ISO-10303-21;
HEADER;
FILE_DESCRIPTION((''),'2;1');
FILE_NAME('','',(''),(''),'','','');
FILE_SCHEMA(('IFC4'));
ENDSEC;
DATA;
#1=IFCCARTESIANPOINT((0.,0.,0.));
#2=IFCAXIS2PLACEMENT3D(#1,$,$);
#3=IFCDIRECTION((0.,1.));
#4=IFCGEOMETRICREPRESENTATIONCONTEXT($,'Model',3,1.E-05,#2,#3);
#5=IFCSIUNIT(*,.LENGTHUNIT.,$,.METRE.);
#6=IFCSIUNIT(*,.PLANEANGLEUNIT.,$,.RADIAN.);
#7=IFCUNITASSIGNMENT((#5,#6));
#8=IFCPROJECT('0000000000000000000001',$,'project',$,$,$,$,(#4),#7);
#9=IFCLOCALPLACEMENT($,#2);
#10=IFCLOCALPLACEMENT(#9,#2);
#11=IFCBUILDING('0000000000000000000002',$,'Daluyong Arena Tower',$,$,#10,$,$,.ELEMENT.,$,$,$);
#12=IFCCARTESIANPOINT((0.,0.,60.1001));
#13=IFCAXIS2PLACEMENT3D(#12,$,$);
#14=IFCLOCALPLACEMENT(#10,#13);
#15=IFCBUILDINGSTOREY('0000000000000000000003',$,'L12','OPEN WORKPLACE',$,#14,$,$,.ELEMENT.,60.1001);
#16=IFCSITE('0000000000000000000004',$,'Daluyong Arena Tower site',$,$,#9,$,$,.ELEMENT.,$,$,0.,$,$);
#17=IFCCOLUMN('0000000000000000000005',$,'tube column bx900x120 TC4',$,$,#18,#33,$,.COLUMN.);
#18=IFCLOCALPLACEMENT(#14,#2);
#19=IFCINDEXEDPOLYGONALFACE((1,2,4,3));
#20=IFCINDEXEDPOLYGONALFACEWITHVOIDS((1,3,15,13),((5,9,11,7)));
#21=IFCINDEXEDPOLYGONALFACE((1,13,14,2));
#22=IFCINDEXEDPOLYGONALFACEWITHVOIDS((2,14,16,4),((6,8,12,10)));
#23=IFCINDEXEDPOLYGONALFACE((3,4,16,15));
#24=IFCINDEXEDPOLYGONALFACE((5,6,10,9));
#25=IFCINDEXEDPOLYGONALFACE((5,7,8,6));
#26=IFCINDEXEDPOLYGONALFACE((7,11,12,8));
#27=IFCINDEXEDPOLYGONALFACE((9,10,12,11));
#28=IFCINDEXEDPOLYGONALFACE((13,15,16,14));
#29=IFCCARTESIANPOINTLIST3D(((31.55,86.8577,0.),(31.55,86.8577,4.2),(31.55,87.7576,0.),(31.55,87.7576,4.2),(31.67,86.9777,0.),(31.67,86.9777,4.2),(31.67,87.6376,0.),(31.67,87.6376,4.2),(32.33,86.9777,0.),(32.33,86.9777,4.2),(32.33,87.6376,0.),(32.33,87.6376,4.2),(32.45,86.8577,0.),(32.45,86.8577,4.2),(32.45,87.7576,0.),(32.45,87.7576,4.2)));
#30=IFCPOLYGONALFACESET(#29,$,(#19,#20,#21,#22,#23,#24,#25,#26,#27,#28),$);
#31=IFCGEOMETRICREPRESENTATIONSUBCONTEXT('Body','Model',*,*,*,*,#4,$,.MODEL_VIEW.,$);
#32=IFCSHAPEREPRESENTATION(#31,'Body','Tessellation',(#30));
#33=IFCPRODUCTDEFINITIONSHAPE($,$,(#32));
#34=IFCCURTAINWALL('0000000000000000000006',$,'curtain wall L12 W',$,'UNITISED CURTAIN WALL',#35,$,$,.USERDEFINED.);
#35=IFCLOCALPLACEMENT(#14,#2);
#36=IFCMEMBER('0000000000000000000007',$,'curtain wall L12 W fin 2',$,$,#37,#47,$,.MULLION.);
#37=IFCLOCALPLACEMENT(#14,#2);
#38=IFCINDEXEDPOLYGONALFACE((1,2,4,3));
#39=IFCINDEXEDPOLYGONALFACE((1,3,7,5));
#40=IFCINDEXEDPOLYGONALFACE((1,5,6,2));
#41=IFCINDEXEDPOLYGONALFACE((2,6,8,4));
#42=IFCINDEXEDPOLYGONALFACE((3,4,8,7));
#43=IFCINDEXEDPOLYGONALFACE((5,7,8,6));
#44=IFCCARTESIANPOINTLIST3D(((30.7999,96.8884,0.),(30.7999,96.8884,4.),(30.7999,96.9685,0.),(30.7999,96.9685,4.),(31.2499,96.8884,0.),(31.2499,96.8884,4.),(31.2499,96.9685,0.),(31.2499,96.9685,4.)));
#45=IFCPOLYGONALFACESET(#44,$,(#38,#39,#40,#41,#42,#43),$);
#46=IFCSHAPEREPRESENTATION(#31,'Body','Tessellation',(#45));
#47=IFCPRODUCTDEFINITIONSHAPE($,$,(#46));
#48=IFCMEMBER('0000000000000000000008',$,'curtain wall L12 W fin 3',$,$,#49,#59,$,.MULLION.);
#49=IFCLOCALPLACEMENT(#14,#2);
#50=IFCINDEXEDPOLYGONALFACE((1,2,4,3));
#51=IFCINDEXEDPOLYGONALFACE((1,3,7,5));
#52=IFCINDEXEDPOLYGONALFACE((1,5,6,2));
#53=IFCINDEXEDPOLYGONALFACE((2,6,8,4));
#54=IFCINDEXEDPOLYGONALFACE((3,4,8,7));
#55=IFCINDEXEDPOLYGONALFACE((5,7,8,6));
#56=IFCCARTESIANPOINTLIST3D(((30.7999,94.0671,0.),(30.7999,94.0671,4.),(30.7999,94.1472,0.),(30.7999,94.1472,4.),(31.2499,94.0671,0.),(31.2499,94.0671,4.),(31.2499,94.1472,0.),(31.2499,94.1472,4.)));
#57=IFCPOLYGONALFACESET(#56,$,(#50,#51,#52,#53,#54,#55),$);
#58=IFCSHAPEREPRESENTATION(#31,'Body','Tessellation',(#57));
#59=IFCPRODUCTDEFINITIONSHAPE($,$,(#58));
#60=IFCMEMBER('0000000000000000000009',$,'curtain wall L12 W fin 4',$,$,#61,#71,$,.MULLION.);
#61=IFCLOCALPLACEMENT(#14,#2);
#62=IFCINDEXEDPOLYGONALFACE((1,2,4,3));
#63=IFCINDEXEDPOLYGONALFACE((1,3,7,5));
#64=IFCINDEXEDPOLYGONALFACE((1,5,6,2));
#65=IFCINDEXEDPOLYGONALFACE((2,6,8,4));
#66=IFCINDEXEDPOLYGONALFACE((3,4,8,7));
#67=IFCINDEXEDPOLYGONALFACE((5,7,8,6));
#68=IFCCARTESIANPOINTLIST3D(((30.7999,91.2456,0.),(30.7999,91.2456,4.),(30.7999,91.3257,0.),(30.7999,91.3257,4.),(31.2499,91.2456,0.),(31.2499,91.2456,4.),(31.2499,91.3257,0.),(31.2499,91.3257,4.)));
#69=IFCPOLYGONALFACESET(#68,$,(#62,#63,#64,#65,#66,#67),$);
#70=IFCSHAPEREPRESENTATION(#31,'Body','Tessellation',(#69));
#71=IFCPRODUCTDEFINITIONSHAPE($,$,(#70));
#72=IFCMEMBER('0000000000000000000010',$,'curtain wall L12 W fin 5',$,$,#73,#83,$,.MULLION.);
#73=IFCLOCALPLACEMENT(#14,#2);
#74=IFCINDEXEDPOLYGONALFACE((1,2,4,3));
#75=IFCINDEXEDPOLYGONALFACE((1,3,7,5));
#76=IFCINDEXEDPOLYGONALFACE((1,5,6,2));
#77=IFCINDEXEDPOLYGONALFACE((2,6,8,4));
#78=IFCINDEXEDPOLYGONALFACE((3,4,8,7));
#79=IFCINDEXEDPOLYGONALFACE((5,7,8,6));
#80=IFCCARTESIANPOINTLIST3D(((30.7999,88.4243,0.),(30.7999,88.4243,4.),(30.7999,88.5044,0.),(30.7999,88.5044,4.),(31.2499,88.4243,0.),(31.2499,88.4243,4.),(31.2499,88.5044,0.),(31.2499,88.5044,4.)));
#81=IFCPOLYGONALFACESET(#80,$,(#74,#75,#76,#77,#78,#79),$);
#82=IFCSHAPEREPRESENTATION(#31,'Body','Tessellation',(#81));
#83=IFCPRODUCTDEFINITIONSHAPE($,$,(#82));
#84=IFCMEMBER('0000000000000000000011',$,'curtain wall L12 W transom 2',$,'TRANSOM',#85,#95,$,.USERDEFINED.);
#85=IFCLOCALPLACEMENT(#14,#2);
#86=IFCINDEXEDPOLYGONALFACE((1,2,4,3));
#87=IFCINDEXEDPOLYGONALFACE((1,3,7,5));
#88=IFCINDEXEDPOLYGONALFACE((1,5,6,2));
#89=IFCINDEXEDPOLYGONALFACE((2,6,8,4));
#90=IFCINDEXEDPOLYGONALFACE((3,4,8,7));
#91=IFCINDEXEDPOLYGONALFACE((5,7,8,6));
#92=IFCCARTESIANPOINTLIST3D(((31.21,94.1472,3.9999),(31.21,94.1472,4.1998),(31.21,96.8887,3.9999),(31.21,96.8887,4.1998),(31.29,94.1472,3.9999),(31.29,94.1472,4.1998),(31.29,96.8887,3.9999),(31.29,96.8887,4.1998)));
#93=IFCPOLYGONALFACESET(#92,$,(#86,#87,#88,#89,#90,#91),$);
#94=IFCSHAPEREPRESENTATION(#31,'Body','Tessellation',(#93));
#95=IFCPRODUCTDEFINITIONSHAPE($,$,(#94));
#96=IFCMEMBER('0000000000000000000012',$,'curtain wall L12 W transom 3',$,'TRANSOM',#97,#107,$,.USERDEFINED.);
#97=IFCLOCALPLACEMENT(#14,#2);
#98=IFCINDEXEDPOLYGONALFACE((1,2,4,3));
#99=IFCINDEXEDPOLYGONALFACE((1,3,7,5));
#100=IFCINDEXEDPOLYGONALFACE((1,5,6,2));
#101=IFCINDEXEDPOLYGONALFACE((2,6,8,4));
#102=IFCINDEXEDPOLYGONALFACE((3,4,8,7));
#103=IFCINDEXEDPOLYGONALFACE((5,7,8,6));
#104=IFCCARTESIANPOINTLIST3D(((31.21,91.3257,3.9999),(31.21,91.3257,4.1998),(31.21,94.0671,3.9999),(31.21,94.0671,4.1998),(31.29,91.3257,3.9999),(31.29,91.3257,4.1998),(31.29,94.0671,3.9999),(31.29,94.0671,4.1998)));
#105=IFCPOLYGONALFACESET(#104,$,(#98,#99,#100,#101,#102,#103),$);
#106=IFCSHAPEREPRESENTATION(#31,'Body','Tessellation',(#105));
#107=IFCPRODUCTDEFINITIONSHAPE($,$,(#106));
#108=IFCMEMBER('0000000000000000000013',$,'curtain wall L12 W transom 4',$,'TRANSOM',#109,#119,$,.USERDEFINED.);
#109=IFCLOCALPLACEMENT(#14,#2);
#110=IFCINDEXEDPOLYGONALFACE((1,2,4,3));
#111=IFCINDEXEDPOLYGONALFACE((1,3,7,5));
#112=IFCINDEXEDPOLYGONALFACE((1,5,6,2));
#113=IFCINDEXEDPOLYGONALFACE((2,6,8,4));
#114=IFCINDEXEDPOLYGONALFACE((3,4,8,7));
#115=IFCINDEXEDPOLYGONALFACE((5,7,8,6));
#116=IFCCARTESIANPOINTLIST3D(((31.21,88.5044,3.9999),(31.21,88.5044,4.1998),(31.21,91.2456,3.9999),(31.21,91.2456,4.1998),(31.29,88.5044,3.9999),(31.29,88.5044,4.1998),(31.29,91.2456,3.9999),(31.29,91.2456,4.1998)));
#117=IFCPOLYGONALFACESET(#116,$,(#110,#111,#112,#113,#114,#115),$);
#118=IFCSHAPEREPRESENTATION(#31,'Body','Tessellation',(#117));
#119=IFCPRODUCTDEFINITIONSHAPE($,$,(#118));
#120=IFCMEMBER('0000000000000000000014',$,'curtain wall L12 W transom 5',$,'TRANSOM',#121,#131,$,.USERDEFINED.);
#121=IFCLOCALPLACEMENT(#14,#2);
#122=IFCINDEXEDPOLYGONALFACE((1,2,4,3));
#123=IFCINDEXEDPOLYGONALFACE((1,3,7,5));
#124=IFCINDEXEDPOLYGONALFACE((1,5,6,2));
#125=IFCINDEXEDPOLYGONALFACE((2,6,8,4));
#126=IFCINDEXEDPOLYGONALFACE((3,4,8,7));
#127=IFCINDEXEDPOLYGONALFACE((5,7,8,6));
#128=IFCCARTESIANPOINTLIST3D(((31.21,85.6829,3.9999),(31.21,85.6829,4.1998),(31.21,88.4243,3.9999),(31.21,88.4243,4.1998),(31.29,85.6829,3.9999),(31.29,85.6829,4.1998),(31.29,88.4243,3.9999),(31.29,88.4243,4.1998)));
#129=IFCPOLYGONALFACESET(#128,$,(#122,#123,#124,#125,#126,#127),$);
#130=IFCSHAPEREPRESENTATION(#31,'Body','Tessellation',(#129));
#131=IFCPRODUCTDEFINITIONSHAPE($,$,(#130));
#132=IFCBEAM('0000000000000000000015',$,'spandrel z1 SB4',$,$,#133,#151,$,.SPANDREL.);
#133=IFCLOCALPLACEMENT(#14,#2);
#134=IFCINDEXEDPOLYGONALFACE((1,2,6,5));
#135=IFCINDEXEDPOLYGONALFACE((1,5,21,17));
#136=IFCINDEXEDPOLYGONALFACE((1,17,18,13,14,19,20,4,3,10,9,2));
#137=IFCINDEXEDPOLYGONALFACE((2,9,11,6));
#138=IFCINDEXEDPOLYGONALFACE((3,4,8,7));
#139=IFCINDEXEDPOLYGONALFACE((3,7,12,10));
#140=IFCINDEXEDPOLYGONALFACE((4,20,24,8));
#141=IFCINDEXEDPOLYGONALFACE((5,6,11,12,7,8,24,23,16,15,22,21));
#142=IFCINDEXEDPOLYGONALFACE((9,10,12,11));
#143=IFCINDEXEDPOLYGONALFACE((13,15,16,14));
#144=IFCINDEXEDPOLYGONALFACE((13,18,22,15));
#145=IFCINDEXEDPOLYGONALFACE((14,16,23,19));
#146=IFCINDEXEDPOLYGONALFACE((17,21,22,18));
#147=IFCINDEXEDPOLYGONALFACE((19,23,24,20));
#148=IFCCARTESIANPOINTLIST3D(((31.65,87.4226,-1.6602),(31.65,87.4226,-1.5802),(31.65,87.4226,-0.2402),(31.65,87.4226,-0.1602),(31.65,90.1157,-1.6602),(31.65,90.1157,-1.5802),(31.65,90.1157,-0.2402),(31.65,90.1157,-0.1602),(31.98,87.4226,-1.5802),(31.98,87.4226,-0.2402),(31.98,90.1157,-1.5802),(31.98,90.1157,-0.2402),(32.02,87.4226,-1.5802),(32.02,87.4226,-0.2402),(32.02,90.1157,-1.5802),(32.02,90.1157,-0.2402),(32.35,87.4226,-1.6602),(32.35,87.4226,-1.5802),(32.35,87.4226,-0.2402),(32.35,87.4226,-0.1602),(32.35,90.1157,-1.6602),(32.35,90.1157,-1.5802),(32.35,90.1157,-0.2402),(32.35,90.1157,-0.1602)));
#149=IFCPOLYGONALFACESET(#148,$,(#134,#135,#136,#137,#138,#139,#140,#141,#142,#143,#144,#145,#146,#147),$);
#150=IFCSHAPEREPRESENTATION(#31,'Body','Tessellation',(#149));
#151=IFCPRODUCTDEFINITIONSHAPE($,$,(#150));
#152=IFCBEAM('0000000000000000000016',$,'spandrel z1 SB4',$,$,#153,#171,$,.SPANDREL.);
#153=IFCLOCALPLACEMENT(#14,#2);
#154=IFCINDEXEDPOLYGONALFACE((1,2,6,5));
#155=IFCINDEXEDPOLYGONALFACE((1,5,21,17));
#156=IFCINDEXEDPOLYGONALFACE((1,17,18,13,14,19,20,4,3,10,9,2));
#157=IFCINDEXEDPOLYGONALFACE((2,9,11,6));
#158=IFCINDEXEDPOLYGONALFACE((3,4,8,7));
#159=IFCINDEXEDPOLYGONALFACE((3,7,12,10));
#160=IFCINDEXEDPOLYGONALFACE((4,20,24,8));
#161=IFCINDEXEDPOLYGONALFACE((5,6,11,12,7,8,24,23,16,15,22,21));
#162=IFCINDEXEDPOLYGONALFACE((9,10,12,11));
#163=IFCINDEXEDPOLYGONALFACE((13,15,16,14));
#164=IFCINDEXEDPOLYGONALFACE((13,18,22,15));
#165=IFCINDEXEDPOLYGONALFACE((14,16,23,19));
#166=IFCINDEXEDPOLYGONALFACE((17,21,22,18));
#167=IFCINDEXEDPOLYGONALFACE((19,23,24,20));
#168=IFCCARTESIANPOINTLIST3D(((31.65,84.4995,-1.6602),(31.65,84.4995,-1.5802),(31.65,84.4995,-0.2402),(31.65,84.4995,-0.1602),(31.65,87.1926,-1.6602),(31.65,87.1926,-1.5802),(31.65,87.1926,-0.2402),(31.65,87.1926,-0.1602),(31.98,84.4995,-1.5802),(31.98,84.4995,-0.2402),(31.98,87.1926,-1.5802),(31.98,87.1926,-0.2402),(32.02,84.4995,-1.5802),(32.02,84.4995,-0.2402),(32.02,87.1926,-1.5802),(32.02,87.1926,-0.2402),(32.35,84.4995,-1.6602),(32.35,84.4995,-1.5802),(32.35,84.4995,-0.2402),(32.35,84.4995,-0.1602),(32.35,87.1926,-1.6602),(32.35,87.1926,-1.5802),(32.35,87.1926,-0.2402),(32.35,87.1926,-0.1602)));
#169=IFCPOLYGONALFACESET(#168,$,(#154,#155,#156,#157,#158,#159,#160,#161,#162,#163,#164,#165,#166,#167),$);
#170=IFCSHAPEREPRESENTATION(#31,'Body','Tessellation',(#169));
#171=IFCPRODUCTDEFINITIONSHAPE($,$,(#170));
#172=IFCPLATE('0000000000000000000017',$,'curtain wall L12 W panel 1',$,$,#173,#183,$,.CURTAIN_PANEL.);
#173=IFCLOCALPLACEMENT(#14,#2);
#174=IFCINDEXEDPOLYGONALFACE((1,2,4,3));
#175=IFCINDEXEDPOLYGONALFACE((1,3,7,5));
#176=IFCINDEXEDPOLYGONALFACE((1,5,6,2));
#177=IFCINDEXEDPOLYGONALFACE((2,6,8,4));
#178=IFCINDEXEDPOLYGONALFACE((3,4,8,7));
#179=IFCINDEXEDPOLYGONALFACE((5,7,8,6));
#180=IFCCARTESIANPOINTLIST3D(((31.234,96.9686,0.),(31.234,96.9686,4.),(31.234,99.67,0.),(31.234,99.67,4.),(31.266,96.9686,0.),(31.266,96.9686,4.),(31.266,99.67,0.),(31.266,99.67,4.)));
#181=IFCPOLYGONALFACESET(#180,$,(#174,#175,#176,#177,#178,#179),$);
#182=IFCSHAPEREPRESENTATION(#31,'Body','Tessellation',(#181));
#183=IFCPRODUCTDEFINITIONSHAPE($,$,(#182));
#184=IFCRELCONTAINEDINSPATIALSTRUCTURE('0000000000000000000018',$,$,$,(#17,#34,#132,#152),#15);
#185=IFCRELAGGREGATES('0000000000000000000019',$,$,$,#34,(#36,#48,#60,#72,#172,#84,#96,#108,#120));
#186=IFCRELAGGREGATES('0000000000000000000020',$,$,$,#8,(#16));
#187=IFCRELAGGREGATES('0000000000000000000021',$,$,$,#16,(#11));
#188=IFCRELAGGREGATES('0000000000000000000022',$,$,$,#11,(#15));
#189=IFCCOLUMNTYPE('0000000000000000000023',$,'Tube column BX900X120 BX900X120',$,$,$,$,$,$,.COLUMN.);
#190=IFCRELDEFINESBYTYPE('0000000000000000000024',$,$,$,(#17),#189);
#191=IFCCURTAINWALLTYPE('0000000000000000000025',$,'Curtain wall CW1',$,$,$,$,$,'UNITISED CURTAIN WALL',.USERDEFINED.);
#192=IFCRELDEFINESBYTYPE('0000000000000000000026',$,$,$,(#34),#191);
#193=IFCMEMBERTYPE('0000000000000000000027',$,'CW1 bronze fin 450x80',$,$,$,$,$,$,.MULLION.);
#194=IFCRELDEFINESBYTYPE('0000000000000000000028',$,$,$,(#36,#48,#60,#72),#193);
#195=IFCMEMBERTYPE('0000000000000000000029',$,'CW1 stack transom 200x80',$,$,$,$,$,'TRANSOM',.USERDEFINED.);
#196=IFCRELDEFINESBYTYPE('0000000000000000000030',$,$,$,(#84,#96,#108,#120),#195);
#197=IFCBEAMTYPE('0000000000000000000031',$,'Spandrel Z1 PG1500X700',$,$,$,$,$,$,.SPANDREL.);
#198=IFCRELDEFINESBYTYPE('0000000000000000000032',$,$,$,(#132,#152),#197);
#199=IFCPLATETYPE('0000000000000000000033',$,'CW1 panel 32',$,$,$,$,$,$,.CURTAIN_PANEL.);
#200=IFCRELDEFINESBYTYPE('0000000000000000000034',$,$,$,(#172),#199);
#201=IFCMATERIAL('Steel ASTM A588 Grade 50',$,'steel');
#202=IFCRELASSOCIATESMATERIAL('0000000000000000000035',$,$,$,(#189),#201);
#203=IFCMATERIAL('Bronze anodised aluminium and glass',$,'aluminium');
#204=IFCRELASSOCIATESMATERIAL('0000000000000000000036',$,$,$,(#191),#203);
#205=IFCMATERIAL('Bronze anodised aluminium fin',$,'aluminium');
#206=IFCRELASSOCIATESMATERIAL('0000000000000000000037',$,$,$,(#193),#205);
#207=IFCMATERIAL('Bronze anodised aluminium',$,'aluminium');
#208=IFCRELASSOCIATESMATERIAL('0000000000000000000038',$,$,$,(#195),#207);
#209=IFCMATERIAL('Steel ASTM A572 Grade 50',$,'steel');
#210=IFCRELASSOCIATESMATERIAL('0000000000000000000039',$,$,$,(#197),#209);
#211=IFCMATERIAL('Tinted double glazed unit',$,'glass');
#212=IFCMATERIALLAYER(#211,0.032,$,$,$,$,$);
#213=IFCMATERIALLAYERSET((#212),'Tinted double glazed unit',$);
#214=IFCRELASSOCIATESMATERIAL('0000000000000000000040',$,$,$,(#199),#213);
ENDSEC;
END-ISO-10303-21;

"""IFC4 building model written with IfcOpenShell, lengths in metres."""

from ifc_helpers import new_model, si_unit, direction, frame, origin, origin_2d, place, context, subcontext, project, spatial, rectangle, hollow_rectangle, i_section, extrude, material, layer, layer_set, material_profile, profile_set, type_object, element, aggregate, save


model = new_model("IFC4")

# Units and contexts
model_context = context("Model", 3, precision=1e-05, world=origin(), true_north=direction((0.0, 1.0)))
body_context = subcontext(model_context, "Body", "Model", "MODEL_VIEW")
ifc_project = project(units=[si_unit("LENGTHUNIT", "METRE"), si_unit("PLANEANGLEUNIT", "RADIAN")], contexts=[model_context])

# Site, building, storey
site_placement = place(None, origin())
site = spatial("IfcSite", under=ifc_project, at=site_placement, Name="Daluyong Arena Tower site", CompositionType="ELEMENT", RefElevation=0.0)
building_placement = place(site_placement, origin())
building = spatial("IfcBuilding", under=site, at=building_placement, Name="Daluyong Arena Tower", CompositionType="ELEMENT")
storey_placement = place(building_placement, frame((0.0, 0.0, 60.1001)))
storey = spatial("IfcBuildingStorey", under=building, at=storey_placement, Name="L12", Description="OPEN WORKPLACE", CompositionType="ELEMENT", Elevation=60.1001)

# Column
ifc_material_1 = material(Name="Steel ASTM A588 Grade 50", Category="steel")
ifc_material_profile_1 = material_profile(ifc_material_1, hollow_rectangle(XDim=0.8999, YDim=0.8999, WallThickness=0.12, at=origin_2d()))
ifc_profile_set_1 = profile_set([ifc_material_profile_1], Name="Steel ASTM A588 Grade 50")
column_type = type_object("IfcColumnType", Name="Tube column BX900X120 BX900X120", PredefinedType="COLUMN", material=ifc_profile_set_1)
column_placement = place(storey_placement, frame((32.0, 87.3076, 0.0), z_axis=(0.0, 0.0, 1.0), x_axis=(0.0, 1.0, 0.0)))
element("IfcColumn", 1, at=column_placement, inside=storey, type_object=column_type, Name="tube column bx900x120 TC4", PredefinedType="COLUMN", context=body_context, shape_type="SweptSolid", body=[
    extrude(hollow_rectangle(XDim=0.8999, YDim=0.8999, WallThickness=0.12, at=origin_2d()), origin(), (0.0, 0.0, 1.0), 4.2),
])

# Curtain wall, members
ifc_material_2 = material(Name="Bronze anodised aluminium and glass", Category="aluminium")
curtain_wall_type = type_object("IfcCurtainWallType", Name="Curtain wall CW1", ElementType="UNITISED CURTAIN WALL", PredefinedType="USERDEFINED", material=ifc_material_2)
curtain_wall_placement = place(storey_placement, origin())
curtain_wall = element("IfcCurtainWall", 2, at=curtain_wall_placement, inside=storey, type_object=curtain_wall_type, Name="curtain wall L12 W", ObjectType="UNITISED CURTAIN WALL", PredefinedType="USERDEFINED")
ifc_material_3 = material(Name="Bronze anodised aluminium fin", Category="aluminium")
ifc_material_profile_2 = material_profile(ifc_material_3, rectangle(XDim=0.45, YDim=0.0801, at=origin_2d()))
ifc_profile_set_2 = profile_set([ifc_material_profile_2], Name="Bronze anodised aluminium fin")
member_type_1 = type_object("IfcMemberType", Name="CW1 bronze fin 450x80", PredefinedType="MULLION", material=ifc_profile_set_2)
member_1_placement = place(storey_placement, frame((31.0249, 96.9285, 0.0), z_axis=(0.0, 0.0, 1.0), x_axis=(1.0, 0.0, 0.0)))
member_1 = element("IfcMember", 3, at=member_1_placement, type_object=member_type_1, Name="curtain wall L12 W fin 2", PredefinedType="MULLION", context=body_context, shape_type="SweptSolid", body=[
    extrude(rectangle(XDim=0.45, YDim=0.0801, at=origin_2d()), origin(), (0.0, 0.0, 1.0), 4.0),
])
member_2_placement = place(storey_placement, frame((31.0249, 94.1072, 0.0), z_axis=(0.0, 0.0, 1.0), x_axis=(1.0, 0.0, 0.0)))
member_2 = element("IfcMember", 4, at=member_2_placement, type_object=member_type_1, Name="curtain wall L12 W fin 3", PredefinedType="MULLION", context=body_context, shape_type="SweptSolid", body=[
    extrude(rectangle(XDim=0.45, YDim=0.0801, at=origin_2d()), origin(), (0.0, 0.0, 1.0), 4.0),
])
member_3_placement = place(storey_placement, frame((31.0249, 91.2856, 0.0), z_axis=(0.0, 0.0, 1.0), x_axis=(1.0, 0.0, 0.0)))
member_3 = element("IfcMember", 5, at=member_3_placement, type_object=member_type_1, Name="curtain wall L12 W fin 4", PredefinedType="MULLION", context=body_context, shape_type="SweptSolid", body=[
    extrude(rectangle(XDim=0.45, YDim=0.0801, at=origin_2d()), origin(), (0.0, 0.0, 1.0), 4.0),
])
member_4_placement = place(storey_placement, frame((31.0249, 88.4644, 0.0), z_axis=(0.0, 0.0, 1.0), x_axis=(1.0, 0.0, 0.0)))
member_4 = element("IfcMember", 6, at=member_4_placement, type_object=member_type_1, Name="curtain wall L12 W fin 5", PredefinedType="MULLION", context=body_context, shape_type="SweptSolid", body=[
    extrude(rectangle(XDim=0.45, YDim=0.0801, at=origin_2d()), origin(), (0.0, 0.0, 1.0), 4.0),
])
ifc_material_4 = material(Name="Bronze anodised aluminium", Category="aluminium")
ifc_material_profile_3 = material_profile(ifc_material_4, rectangle(XDim=0.0801, YDim=0.2, at=origin_2d()))
ifc_profile_set_3 = profile_set([ifc_material_profile_3], Name="Bronze anodised aluminium")
member_type_2 = type_object("IfcMemberType", Name="CW1 stack transom 200x80", ElementType="TRANSOM", PredefinedType="USERDEFINED", material=ifc_profile_set_3)
member_5_placement = place(storey_placement, frame((31.25, 96.8887, 4.0999), z_axis=(0.0, -1.0, 0.0), x_axis=(1.0, 0.0, 0.0)))
member_5 = element("IfcMember", 7, at=member_5_placement, type_object=member_type_2, Name="curtain wall L12 W transom 2", ObjectType="TRANSOM", PredefinedType="USERDEFINED", context=body_context, shape_type="SweptSolid", body=[
    extrude(rectangle(XDim=0.0801, YDim=0.2, at=origin_2d()), origin(), (0.0, 0.0, 1.0), 2.7415),
])
member_6_placement = place(storey_placement, frame((31.25, 94.0671, 4.0999), z_axis=(0.0, -1.0, 0.0), x_axis=(1.0, 0.0, 0.0)))
member_6 = element("IfcMember", 8, at=member_6_placement, type_object=member_type_2, Name="curtain wall L12 W transom 3", ObjectType="TRANSOM", PredefinedType="USERDEFINED", context=body_context, shape_type="SweptSolid", body=[
    extrude(rectangle(XDim=0.0801, YDim=0.2, at=origin_2d()), origin(), (0.0, 0.0, 1.0), 2.7415),
])
member_7_placement = place(storey_placement, frame((31.25, 91.2456, 4.0999), z_axis=(0.0, -1.0, 0.0), x_axis=(1.0, 0.0, 0.0)))
member_7 = element("IfcMember", 9, at=member_7_placement, type_object=member_type_2, Name="curtain wall L12 W transom 4", ObjectType="TRANSOM", PredefinedType="USERDEFINED", context=body_context, shape_type="SweptSolid", body=[
    extrude(rectangle(XDim=0.0801, YDim=0.2, at=origin_2d()), origin(), (0.0, 0.0, 1.0), 2.7412),
])
member_8_placement = place(storey_placement, frame((31.25, 88.4243, 4.0999), z_axis=(0.0, -1.0, 0.0), x_axis=(1.0, 0.0, 0.0)))
member_8 = element("IfcMember", 10, at=member_8_placement, type_object=member_type_2, Name="curtain wall L12 W transom 5", ObjectType="TRANSOM", PredefinedType="USERDEFINED", context=body_context, shape_type="SweptSolid", body=[
    extrude(rectangle(XDim=0.0801, YDim=0.2, at=origin_2d()), origin(), (0.0, 0.0, 1.0), 2.7415),
])

# Beams
ifc_material_5 = material(Name="Steel ASTM A572 Grade 50", Category="steel")
ifc_material_profile_4 = material_profile(ifc_material_5, i_section(OverallWidth=0.7, OverallDepth=1.5, WebThickness=0.04, FlangeThickness=0.08, at=origin_2d()))
ifc_profile_set_4 = profile_set([ifc_material_profile_4], Name="Steel ASTM A572 Grade 50")
beam_type = type_object("IfcBeamType", Name="Spandrel Z1 PG1500X700", PredefinedType="SPANDREL", material=ifc_profile_set_4)
for number, where, z_axis, x_axis, name in (
    (11, (32.0, 90.1157, -0.9102), (0.0, -1.0, 0.0), (1.0, 0.0, 0.0), "spandrel z1 SB4"),
    (12, (32.0, 87.1926, -0.9102), (0.0, -1.0, 0.0), (1.0, 0.0, 0.0), "spandrel z1 SB4"),
):
    element("IfcBeam", number, at=place(storey_placement, frame(where, z_axis=z_axis, x_axis=x_axis)), inside=storey, type_object=beam_type, Name=name, PredefinedType="SPANDREL", context=body_context, shape_type="SweptSolid", body=[
        extrude(i_section(OverallWidth=0.7, OverallDepth=1.5, WebThickness=0.04, FlangeThickness=0.08, at=origin_2d()), origin(), (0.0, 0.0, 1.0), 2.6931),
    ])

# Plate
ifc_material_6 = material(Name="Tinted double glazed unit", Category="glass")
ifc_layer_1 = layer(ifc_material_6, 0.032)
ifc_layer_set_1 = layer_set([ifc_layer_1], Name="Tinted double glazed unit")
plate_type = type_object("IfcPlateType", Name="CW1 panel 32", PredefinedType="CURTAIN_PANEL", material=ifc_layer_set_1)
plate_1_placement = place(storey_placement, frame((31.25, 98.3193, 0.0), z_axis=(0.0, 0.0, 1.0), x_axis=(0.0, -1.0, 0.0)))
plate_1 = element("IfcPlate", 13, at=plate_1_placement, type_object=plate_type, Name="curtain wall L12 W panel 1", PredefinedType="CURTAIN_PANEL", context=body_context, shape_type="SweptSolid", body=[
    extrude(rectangle(XDim=2.7014, YDim=0.032, at=origin_2d()), origin(), (0.0, 0.0, 1.0), 4.0),
])
aggregate(curtain_wall, [member_1, member_2, member_3, member_4, plate_1, member_5, member_6, member_7, member_8])

save(model, "model.ifc")
